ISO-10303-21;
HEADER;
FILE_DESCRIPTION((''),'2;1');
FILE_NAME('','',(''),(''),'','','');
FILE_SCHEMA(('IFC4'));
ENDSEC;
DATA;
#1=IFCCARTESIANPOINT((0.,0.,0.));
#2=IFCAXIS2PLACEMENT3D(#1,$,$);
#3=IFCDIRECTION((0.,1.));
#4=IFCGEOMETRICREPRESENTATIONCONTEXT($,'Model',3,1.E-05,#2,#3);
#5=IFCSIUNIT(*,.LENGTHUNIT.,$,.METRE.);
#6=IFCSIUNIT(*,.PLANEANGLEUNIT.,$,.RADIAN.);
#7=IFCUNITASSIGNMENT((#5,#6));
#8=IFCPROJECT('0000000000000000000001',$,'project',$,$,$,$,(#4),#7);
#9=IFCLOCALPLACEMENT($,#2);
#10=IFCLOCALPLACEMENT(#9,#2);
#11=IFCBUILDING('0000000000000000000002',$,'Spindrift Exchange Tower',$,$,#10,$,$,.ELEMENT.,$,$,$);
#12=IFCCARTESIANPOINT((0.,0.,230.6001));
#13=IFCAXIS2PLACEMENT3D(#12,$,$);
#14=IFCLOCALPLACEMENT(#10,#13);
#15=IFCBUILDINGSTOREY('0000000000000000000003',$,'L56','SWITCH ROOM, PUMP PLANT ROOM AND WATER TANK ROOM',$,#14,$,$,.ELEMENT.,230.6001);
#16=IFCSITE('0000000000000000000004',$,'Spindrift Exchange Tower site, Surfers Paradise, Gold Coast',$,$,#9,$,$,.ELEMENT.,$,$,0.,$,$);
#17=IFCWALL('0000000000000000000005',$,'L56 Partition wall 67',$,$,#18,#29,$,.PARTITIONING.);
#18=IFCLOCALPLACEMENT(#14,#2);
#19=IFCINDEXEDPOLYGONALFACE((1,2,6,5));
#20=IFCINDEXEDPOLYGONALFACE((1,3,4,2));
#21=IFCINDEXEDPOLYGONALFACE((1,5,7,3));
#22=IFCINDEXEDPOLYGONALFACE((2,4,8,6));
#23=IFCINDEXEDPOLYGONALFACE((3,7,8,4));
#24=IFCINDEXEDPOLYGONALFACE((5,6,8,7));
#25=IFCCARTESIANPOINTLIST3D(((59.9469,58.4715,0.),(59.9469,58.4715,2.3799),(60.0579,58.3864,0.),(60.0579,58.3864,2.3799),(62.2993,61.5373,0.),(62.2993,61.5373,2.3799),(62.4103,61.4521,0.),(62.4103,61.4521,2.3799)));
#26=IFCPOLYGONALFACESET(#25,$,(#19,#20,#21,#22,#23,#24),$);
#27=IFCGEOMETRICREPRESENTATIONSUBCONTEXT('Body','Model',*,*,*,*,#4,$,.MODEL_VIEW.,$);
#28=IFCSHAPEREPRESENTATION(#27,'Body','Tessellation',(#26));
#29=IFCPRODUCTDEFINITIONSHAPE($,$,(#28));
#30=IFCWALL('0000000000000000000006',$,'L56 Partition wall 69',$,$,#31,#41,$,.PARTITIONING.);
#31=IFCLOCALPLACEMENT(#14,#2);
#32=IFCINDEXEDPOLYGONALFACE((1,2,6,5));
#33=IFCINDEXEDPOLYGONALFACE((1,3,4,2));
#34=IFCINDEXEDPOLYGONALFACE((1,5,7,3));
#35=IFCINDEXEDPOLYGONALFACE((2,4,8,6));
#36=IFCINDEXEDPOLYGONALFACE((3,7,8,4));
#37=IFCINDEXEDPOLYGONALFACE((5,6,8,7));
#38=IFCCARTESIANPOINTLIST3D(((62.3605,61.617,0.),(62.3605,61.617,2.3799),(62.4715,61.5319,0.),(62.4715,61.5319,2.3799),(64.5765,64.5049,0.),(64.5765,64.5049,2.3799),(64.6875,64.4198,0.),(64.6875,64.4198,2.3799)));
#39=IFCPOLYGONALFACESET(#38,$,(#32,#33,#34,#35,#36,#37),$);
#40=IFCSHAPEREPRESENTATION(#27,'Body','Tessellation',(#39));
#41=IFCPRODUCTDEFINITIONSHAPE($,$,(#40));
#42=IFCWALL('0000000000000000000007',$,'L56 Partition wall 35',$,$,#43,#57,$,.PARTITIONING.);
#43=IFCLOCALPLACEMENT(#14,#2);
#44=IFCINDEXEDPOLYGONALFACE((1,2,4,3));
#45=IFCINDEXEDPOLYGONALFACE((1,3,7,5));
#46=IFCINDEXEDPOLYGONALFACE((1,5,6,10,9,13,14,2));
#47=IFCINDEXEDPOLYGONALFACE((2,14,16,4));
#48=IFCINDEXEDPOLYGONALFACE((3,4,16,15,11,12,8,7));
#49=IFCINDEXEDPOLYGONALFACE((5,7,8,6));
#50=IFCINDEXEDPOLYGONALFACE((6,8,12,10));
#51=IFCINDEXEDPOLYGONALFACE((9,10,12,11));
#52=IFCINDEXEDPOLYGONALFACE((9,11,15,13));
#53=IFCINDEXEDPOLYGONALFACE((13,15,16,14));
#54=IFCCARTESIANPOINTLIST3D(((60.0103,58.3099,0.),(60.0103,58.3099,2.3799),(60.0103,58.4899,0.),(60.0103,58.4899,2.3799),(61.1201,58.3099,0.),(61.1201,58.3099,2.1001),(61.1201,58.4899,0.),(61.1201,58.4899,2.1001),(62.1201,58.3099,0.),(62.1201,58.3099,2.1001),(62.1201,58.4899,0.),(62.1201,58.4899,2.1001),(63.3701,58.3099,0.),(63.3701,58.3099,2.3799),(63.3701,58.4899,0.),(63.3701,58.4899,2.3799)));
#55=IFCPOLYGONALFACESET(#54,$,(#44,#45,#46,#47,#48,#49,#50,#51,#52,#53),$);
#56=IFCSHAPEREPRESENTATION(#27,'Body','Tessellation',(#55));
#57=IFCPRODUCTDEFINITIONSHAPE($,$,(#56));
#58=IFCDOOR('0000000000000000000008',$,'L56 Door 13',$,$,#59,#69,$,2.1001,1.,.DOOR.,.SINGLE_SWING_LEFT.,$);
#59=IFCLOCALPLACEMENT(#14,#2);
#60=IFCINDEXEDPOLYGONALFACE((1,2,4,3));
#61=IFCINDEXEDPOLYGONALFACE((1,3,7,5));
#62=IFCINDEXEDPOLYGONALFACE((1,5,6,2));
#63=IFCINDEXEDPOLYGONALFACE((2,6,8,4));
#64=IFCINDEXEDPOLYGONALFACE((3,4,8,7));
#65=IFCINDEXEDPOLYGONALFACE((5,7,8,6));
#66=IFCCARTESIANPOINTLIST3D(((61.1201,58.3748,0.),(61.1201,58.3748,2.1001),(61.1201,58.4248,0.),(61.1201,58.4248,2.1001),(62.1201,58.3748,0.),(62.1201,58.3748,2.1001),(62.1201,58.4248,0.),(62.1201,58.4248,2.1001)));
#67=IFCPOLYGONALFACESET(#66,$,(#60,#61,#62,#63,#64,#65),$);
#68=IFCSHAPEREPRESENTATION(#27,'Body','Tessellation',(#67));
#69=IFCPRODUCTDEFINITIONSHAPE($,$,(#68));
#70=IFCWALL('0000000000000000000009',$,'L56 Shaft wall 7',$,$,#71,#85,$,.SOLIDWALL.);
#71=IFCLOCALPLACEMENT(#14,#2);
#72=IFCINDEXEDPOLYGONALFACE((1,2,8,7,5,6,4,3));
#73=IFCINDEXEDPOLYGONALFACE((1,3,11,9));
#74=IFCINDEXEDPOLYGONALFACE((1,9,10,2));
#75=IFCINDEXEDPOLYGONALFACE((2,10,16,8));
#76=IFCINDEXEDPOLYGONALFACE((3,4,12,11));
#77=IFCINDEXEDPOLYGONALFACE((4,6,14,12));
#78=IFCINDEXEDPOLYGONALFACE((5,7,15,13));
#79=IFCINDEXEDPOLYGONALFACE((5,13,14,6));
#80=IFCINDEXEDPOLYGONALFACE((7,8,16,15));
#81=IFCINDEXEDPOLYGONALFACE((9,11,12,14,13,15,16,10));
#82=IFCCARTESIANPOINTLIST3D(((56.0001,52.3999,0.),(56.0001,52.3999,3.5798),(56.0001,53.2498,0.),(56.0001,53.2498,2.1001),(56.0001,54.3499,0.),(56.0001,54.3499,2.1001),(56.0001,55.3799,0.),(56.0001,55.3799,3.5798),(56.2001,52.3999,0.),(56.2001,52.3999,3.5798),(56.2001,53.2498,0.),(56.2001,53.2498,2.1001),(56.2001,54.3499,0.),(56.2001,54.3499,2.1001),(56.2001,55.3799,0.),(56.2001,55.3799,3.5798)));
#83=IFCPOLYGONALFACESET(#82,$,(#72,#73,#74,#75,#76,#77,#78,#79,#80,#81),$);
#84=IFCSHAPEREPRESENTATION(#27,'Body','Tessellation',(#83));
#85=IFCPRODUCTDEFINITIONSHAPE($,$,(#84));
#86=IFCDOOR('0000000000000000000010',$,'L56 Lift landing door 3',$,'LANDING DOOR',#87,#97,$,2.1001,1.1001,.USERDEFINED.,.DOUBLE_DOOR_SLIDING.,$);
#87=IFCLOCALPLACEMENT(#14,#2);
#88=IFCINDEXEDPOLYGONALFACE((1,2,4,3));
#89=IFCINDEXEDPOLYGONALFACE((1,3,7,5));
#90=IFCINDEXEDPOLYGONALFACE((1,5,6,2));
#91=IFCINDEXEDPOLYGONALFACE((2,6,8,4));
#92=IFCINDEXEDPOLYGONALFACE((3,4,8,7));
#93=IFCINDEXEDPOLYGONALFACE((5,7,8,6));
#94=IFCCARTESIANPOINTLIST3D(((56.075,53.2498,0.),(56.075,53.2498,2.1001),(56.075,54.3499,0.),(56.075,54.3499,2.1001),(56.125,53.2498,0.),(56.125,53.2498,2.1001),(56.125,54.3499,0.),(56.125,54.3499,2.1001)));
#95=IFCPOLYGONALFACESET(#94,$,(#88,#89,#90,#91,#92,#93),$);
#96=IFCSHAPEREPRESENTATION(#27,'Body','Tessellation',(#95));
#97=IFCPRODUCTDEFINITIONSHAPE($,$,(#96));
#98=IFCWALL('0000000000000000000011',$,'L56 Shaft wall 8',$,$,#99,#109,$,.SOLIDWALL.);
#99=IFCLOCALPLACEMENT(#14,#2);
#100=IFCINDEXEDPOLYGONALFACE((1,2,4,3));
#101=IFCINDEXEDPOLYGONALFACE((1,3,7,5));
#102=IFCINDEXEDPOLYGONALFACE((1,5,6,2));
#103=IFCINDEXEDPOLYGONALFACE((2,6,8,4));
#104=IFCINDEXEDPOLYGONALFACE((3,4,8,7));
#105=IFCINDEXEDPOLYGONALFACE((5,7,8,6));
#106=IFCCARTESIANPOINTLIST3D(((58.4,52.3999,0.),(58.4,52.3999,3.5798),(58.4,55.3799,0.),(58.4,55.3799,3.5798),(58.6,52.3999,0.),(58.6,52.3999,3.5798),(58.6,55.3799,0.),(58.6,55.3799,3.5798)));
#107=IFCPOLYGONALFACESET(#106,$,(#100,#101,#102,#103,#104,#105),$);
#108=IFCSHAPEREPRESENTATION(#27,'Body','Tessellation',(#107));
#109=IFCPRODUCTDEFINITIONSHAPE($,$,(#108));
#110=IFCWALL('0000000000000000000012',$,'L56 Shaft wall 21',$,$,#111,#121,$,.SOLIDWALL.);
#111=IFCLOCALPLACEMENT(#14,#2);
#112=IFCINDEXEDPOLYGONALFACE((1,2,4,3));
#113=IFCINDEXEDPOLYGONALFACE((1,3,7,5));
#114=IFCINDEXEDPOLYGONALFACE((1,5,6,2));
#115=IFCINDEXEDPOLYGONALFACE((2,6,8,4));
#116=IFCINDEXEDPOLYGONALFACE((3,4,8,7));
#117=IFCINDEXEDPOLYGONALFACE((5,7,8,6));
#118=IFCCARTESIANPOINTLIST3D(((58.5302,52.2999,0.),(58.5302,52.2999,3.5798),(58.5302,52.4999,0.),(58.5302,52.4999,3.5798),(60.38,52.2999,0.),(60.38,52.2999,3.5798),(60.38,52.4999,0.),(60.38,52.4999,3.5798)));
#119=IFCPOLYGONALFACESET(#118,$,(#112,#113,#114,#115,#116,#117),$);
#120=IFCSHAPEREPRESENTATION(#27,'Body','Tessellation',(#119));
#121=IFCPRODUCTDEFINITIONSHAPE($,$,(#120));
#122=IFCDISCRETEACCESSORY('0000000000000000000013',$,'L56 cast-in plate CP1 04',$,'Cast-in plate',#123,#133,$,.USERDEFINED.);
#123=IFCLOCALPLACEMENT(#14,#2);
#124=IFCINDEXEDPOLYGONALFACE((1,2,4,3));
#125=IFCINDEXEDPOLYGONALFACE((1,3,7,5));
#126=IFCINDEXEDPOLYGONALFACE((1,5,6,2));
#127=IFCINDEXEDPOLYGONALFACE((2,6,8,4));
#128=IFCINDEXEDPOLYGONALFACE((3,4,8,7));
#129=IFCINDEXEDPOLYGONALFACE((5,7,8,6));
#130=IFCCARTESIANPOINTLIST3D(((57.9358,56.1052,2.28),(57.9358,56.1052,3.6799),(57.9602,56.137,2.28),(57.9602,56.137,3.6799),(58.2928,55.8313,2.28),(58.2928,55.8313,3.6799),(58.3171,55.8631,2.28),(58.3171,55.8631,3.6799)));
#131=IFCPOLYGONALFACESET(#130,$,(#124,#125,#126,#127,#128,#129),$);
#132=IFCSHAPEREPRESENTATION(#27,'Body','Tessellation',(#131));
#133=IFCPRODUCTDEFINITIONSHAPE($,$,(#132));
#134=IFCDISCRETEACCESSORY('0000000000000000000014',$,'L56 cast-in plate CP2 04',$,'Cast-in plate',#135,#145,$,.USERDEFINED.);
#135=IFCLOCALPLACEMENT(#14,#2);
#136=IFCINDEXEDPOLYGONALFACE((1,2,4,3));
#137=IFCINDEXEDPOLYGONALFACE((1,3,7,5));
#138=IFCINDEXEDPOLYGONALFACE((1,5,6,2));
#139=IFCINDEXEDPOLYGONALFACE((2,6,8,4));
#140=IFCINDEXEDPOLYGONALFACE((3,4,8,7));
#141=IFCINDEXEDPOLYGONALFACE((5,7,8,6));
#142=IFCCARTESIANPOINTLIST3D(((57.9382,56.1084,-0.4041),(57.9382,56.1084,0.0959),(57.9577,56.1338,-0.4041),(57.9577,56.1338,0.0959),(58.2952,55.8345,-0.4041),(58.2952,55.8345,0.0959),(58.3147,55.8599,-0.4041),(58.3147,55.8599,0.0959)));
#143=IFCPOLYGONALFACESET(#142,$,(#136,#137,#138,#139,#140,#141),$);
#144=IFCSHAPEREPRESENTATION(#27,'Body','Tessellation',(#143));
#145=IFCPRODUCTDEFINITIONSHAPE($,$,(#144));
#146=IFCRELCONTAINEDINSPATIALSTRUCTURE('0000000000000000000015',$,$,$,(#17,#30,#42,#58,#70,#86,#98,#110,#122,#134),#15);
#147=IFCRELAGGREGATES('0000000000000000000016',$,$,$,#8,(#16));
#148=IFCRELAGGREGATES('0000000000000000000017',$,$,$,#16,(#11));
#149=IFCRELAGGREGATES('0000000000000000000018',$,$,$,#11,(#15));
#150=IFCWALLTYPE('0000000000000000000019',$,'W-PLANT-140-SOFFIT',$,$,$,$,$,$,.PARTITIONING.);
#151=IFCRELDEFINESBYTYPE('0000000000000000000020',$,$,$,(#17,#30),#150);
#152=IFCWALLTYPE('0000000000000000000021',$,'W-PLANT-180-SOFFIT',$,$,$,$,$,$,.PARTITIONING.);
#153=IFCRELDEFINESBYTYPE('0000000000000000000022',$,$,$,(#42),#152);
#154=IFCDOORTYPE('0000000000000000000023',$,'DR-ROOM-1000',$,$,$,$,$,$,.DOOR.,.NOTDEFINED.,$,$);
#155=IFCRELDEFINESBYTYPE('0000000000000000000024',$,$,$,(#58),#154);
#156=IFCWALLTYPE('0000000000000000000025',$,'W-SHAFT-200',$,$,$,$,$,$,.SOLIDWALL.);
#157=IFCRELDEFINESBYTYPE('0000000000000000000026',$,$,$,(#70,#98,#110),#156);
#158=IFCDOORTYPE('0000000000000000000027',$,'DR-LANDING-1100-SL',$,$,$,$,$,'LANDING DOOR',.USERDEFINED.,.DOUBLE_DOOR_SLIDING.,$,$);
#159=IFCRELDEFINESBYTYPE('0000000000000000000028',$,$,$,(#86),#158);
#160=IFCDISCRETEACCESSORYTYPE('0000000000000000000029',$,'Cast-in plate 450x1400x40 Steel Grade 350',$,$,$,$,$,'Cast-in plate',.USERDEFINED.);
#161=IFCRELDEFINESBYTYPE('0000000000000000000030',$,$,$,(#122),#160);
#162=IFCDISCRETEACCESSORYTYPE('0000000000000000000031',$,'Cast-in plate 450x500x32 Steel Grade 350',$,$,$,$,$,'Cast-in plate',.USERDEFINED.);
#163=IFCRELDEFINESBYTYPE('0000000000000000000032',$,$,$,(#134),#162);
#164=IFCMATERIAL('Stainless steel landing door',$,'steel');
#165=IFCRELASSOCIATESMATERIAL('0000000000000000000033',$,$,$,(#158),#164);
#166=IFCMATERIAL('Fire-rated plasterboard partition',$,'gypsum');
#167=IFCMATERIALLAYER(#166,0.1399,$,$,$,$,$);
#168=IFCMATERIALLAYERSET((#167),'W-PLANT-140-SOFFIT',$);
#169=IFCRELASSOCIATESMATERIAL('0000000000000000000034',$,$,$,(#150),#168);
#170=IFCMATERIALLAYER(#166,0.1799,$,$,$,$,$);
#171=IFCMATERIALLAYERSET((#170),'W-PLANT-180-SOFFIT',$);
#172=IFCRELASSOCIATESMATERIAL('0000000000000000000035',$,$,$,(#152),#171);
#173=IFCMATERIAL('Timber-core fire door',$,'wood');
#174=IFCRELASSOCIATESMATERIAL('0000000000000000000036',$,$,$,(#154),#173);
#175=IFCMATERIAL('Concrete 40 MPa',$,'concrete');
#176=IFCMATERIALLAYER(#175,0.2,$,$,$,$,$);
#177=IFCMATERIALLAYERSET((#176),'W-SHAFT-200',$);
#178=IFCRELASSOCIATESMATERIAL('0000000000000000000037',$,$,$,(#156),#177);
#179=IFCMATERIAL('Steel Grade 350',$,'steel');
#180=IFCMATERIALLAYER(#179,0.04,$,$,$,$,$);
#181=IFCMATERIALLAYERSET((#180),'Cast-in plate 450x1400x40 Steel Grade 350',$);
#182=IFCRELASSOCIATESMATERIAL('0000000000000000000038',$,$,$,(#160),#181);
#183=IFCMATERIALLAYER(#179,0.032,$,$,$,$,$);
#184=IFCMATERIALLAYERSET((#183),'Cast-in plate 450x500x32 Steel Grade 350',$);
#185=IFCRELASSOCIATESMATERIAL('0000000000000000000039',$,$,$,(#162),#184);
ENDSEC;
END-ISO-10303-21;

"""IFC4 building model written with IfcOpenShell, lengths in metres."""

from ifc_helpers import new_model, si_unit, direction, frame, frame_2d, origin, origin_2d, place, context, subcontext, project, spatial, rectangle, extrude, source, transform, mapped, material, layer, layer_set, type_object, element, fill, save


model = new_model("IFC4")

# Units and contexts
model_context = context("Model", 3, precision=1e-05, world=origin(), true_north=direction((0.0, 1.0)))
body_context = subcontext(model_context, "Body", "Model", "MODEL_VIEW")
ifc_project = project(units=[si_unit("LENGTHUNIT", "METRE"), si_unit("PLANEANGLEUNIT", "RADIAN")], contexts=[model_context])

# Site, building, storey
site_placement = place(None, origin())
site = spatial("IfcSite", under=ifc_project, at=site_placement, Name="Spindrift Exchange Tower site, Surfers Paradise, Gold Coast", CompositionType="ELEMENT", RefElevation=0.0)
building_placement = place(site_placement, origin())
building = spatial("IfcBuilding", under=site, at=building_placement, Name="Spindrift Exchange Tower", CompositionType="ELEMENT")
storey_placement = place(building_placement, frame((0.0, 0.0, 230.6001)))
storey = spatial("IfcBuildingStorey", under=building, at=storey_placement, Name="L56", Description="SWITCH ROOM, PUMP PLANT ROOM AND WATER TANK ROOM", CompositionType="ELEMENT", Elevation=230.6001)

# Shared definitions
ifc_material_1 = material(Name="Stainless steel landing door", Category="steel")
door_type_1 = type_object("IfcDoorType", Name="DR-LANDING-1100-SL", ElementType="LANDING DOOR", OperationType="DOUBLE_DOOR_SLIDING", PredefinedType="USERDEFINED", material=ifc_material_1)
shared_shape_1 = source(origin(), body_context, "Body", "SweptSolid", [
    extrude(rectangle(XDim=1.1001, YDim=2.1001, at=frame_2d((0.55, 1.05))), frame((0.0, 0.0249, 0.0), z_axis=(0.0, -1.0, 0.0), x_axis=(1.0, 0.0, 0.0)), (0.0, 0.0, 1.0), 0.05),
])
ifc_material_2 = material(Name="Timber-core fire door", Category="wood")

# Shared definitions
ifc_material_3 = material(Name="Fire-rated plasterboard partition", Category="gypsum")

# Walls
ifc_layer_1 = layer(ifc_material_3, 0.1399)
ifc_layer_set_1 = layer_set([ifc_layer_1], Name="W-PLANT-140-SOFFIT")
wall_type_1 = type_object("IfcWallType", Name="W-PLANT-140-SOFFIT", PredefinedType="PARTITIONING", material=ifc_layer_set_1)
wall_1_placement = place(storey_placement, frame((60.0024, 58.429, 0.0), z_axis=(0.0, 0.0, 1.0), x_axis=(0.608749, 0.793363, 0.0)))
element("IfcWall", 1, at=wall_1_placement, inside=storey, type_object=wall_type_1, Name="L56 Partition wall 67", PredefinedType="PARTITIONING", context=body_context, shape_type="SweptSolid", body=[
    extrude(rectangle(XDim=3.8643, YDim=0.1399, at=frame_2d((1.9321, 0.0))), origin(), (0.0, 0.0, 1.0), 2.3799),
])
wall_2_placement = place(storey_placement, frame((62.416, 61.5745, 0.0), z_axis=(0.0, 0.0, 1.0), x_axis=(0.608774, 0.793344, 0.0)))
element("IfcWall", 2, at=wall_2_placement, inside=storey, type_object=wall_type_1, Name="L56 Partition wall 69", PredefinedType="PARTITIONING", context=body_context, shape_type="SweptSolid", body=[
    extrude(rectangle(XDim=3.6401, YDim=0.1399, at=frame_2d((1.8201, 0.0))), origin(), (0.0, 0.0, 1.0), 2.3799),
])

# Walls, openings, doors
ifc_layer_2 = layer(ifc_material_3, 0.1799)
ifc_layer_set_2 = layer_set([ifc_layer_2], Name="W-PLANT-180-SOFFIT")
wall_type_2 = type_object("IfcWallType", Name="W-PLANT-180-SOFFIT", PredefinedType="PARTITIONING", material=ifc_layer_set_2)
wall_3_placement = place(storey_placement, frame((60.0103, 58.3999, 0.0), z_axis=(0.0, 0.0, 1.0), x_axis=(1.0, 0.0, 0.0)))
wall_3 = element("IfcWall", 3, at=wall_3_placement, inside=storey, type_object=wall_type_2, Name="L56 Partition wall 35", PredefinedType="PARTITIONING", context=body_context, shape_type="SweptSolid", body=[
    extrude(rectangle(XDim=3.3599, YDim=0.1799, at=frame_2d((1.6799, 0.0))), origin(), (0.0, 0.0, 1.0), 2.3799),
])
opening_1_placement = place(wall_3_placement, frame((1.1099, 0.0, 0.0)))
opening_1 = element("IfcOpeningElement", 4, at=opening_1_placement, cuts=wall_3, PredefinedType="OPENING", context=body_context, shape_type="SweptSolid", body=[
    extrude(rectangle(XDim=1.0, YDim=2.1001, at=frame_2d((0.5, 1.05))), frame((0.0, 0.0999, 0.0), z_axis=(0.0, -1.0, 0.0), x_axis=(1.0, 0.0, 0.0)), (0.0, 0.0, 1.0), 0.2),
])
door_type_2 = type_object("IfcDoorType", Name="DR-ROOM-1000", OperationType="NOTDEFINED", PredefinedType="DOOR", material=ifc_material_2)
shared_shape_2 = source(origin(), body_context, "Body", "SweptSolid", [
    extrude(rectangle(XDim=1.0, YDim=2.1001, at=frame_2d((0.5, 1.05))), frame((0.0, 0.0249, 0.0), z_axis=(0.0, -1.0, 0.0), x_axis=(1.0, 0.0, 0.0)), (0.0, 0.0, 1.0), 0.05),
])
door_1_placement = place(opening_1_placement, origin())
door_1 = element("IfcDoor", 5, at=door_1_placement, inside=storey, type_object=door_type_2, Name="L56 Door 13", OperationType="SINGLE_SWING_LEFT", OverallHeight=2.1001, OverallWidth=1.0, PredefinedType="DOOR", context=body_context, shape_type="MappedRepresentation", body=[
    mapped(shared_shape_2, transform((0.0, 0.0, 0.0), scale=1.0)),
])
fill(opening_1, door_1)
ifc_material_4 = material(Name="Concrete 40 MPa", Category="concrete")
ifc_layer_3 = layer(ifc_material_4, 0.2)
ifc_layer_set_3 = layer_set([ifc_layer_3], Name="W-SHAFT-200")
wall_type_3 = type_object("IfcWallType", Name="W-SHAFT-200", PredefinedType="SOLIDWALL", material=ifc_layer_set_3)
wall_4_placement = place(storey_placement, frame((56.1001, 55.3799, 0.0), z_axis=(0.0, 0.0, 1.0), x_axis=(0.0, -1.0, 0.0)))
wall_4 = element("IfcWall", 6, at=wall_4_placement, inside=storey, type_object=wall_type_3, Name="L56 Shaft wall 7", PredefinedType="SOLIDWALL", context=body_context, shape_type="SweptSolid", body=[
    extrude(rectangle(XDim=2.98, YDim=0.2, at=frame_2d((1.49, 0.0))), origin(), (0.0, 0.0, 1.0), 3.5798),
])
opening_2_placement = place(wall_4_placement, frame((1.03, 0.0, 0.0)))
opening_2 = element("IfcOpeningElement", 7, at=opening_2_placement, cuts=wall_4, PredefinedType="OPENING", context=body_context, shape_type="SweptSolid", body=[
    extrude(rectangle(XDim=1.1001, YDim=2.1001, at=frame_2d((0.55, 1.05))), frame((0.0, 0.1099, 0.0), z_axis=(0.0, -1.0, 0.0), x_axis=(1.0, 0.0, 0.0)), (0.0, 0.0, 1.0), 0.22),
])
door_2_placement = place(opening_2_placement, origin())
door_2 = element("IfcDoor", 8, at=door_2_placement, inside=storey, type_object=door_type_1, Name="L56 Lift landing door 3", ObjectType="LANDING DOOR", OperationType="DOUBLE_DOOR_SLIDING", OverallHeight=2.1001, OverallWidth=1.1001, PredefinedType="USERDEFINED", context=body_context, shape_type="MappedRepresentation", body=[
    mapped(shared_shape_1, transform((0.0, 0.0, 0.0), scale=1.0)),
])
fill(opening_2, door_2)

# Walls
wall_5_placement = place(storey_placement, frame((58.5, 52.3999, 0.0), z_axis=(0.0, 0.0, 1.0), x_axis=(0.0, 1.0, 0.0)))
element("IfcWall", 9, at=wall_5_placement, inside=storey, type_object=wall_type_3, Name="L56 Shaft wall 8", PredefinedType="SOLIDWALL", context=body_context, shape_type="SweptSolid", body=[
    extrude(rectangle(XDim=2.98, YDim=0.2, at=frame_2d((1.49, 0.0))), origin(), (0.0, 0.0, 1.0), 3.5798),
])
wall_6_placement = place(storey_placement, frame((60.3799, 52.3999, 0.0), z_axis=(0.0, 0.0, 1.0), x_axis=(-1.0, 0.0, 0.0)))
element("IfcWall", 10, at=wall_6_placement, inside=storey, type_object=wall_type_3, Name="L56 Shaft wall 21", PredefinedType="SOLIDWALL", context=body_context, shape_type="SweptSolid", body=[
    extrude(rectangle(XDim=1.8499, YDim=0.2, at=frame_2d((0.9248, 0.0))), origin(), (0.0, 0.0, 1.0), 3.5798),
])

# Discrete accessories
ifc_material_5 = material(Name="Steel Grade 350", Category="steel")
ifc_layer_4 = layer(ifc_material_5, 0.04)
ifc_layer_set_4 = layer_set([ifc_layer_4], Name="Cast-in plate 450x1400x40 Steel Grade 350")
discrete_accessory_type_1 = type_object("IfcDiscreteAccessoryType", Name="Cast-in plate 450x1400x40 Steel Grade 350", ElementType="Cast-in plate", PredefinedType="USERDEFINED", material=ifc_layer_set_4)
shared_shape_3 = source(origin(), body_context, "Body", "SweptSolid", [
    extrude(rectangle(XDim=0.04, YDim=0.45, at=origin_2d()), origin(), (0.0, 0.0, 1.0), 1.3999),
])
discrete_accessory_1_placement = place(storey_placement, frame((58.1265, 55.9841, 2.28), z_axis=(0.0, 0.0, 1.0), x_axis=(0.608761, 0.793353, 0.0)))
element("IfcDiscreteAccessory", 11, at=discrete_accessory_1_placement, inside=storey, type_object=discrete_accessory_type_1, Name="L56 cast-in plate CP1 04", ObjectType="Cast-in plate", PredefinedType="USERDEFINED", context=body_context, shape_type="MappedRepresentation", body=[
    mapped(shared_shape_3, transform((0.0, 0.0, 0.0), scale=1.0)),
])
ifc_layer_5 = layer(ifc_material_5, 0.032)
ifc_layer_set_5 = layer_set([ifc_layer_5], Name="Cast-in plate 450x500x32 Steel Grade 350")
discrete_accessory_type_2 = type_object("IfcDiscreteAccessoryType", Name="Cast-in plate 450x500x32 Steel Grade 350", ElementType="Cast-in plate", PredefinedType="USERDEFINED", material=ifc_layer_set_5)
shared_shape_4 = source(origin(), body_context, "Body", "SweptSolid", [
    extrude(rectangle(XDim=0.032, YDim=0.45, at=origin_2d()), origin(), (0.0, 0.0, 1.0), 0.5),
])
discrete_accessory_2_placement = place(storey_placement, frame((58.1265, 55.9841, -0.4041), z_axis=(0.0, 0.0, 1.0), x_axis=(0.608761, 0.793353, 0.0)))
element("IfcDiscreteAccessory", 12, at=discrete_accessory_2_placement, inside=storey, type_object=discrete_accessory_type_2, Name="L56 cast-in plate CP2 04", ObjectType="Cast-in plate", PredefinedType="USERDEFINED", context=body_context, shape_type="MappedRepresentation", body=[
    mapped(shared_shape_4, transform((0.0, 0.0, 0.0), scale=1.0)),
])

save(model, "model.ifc")
